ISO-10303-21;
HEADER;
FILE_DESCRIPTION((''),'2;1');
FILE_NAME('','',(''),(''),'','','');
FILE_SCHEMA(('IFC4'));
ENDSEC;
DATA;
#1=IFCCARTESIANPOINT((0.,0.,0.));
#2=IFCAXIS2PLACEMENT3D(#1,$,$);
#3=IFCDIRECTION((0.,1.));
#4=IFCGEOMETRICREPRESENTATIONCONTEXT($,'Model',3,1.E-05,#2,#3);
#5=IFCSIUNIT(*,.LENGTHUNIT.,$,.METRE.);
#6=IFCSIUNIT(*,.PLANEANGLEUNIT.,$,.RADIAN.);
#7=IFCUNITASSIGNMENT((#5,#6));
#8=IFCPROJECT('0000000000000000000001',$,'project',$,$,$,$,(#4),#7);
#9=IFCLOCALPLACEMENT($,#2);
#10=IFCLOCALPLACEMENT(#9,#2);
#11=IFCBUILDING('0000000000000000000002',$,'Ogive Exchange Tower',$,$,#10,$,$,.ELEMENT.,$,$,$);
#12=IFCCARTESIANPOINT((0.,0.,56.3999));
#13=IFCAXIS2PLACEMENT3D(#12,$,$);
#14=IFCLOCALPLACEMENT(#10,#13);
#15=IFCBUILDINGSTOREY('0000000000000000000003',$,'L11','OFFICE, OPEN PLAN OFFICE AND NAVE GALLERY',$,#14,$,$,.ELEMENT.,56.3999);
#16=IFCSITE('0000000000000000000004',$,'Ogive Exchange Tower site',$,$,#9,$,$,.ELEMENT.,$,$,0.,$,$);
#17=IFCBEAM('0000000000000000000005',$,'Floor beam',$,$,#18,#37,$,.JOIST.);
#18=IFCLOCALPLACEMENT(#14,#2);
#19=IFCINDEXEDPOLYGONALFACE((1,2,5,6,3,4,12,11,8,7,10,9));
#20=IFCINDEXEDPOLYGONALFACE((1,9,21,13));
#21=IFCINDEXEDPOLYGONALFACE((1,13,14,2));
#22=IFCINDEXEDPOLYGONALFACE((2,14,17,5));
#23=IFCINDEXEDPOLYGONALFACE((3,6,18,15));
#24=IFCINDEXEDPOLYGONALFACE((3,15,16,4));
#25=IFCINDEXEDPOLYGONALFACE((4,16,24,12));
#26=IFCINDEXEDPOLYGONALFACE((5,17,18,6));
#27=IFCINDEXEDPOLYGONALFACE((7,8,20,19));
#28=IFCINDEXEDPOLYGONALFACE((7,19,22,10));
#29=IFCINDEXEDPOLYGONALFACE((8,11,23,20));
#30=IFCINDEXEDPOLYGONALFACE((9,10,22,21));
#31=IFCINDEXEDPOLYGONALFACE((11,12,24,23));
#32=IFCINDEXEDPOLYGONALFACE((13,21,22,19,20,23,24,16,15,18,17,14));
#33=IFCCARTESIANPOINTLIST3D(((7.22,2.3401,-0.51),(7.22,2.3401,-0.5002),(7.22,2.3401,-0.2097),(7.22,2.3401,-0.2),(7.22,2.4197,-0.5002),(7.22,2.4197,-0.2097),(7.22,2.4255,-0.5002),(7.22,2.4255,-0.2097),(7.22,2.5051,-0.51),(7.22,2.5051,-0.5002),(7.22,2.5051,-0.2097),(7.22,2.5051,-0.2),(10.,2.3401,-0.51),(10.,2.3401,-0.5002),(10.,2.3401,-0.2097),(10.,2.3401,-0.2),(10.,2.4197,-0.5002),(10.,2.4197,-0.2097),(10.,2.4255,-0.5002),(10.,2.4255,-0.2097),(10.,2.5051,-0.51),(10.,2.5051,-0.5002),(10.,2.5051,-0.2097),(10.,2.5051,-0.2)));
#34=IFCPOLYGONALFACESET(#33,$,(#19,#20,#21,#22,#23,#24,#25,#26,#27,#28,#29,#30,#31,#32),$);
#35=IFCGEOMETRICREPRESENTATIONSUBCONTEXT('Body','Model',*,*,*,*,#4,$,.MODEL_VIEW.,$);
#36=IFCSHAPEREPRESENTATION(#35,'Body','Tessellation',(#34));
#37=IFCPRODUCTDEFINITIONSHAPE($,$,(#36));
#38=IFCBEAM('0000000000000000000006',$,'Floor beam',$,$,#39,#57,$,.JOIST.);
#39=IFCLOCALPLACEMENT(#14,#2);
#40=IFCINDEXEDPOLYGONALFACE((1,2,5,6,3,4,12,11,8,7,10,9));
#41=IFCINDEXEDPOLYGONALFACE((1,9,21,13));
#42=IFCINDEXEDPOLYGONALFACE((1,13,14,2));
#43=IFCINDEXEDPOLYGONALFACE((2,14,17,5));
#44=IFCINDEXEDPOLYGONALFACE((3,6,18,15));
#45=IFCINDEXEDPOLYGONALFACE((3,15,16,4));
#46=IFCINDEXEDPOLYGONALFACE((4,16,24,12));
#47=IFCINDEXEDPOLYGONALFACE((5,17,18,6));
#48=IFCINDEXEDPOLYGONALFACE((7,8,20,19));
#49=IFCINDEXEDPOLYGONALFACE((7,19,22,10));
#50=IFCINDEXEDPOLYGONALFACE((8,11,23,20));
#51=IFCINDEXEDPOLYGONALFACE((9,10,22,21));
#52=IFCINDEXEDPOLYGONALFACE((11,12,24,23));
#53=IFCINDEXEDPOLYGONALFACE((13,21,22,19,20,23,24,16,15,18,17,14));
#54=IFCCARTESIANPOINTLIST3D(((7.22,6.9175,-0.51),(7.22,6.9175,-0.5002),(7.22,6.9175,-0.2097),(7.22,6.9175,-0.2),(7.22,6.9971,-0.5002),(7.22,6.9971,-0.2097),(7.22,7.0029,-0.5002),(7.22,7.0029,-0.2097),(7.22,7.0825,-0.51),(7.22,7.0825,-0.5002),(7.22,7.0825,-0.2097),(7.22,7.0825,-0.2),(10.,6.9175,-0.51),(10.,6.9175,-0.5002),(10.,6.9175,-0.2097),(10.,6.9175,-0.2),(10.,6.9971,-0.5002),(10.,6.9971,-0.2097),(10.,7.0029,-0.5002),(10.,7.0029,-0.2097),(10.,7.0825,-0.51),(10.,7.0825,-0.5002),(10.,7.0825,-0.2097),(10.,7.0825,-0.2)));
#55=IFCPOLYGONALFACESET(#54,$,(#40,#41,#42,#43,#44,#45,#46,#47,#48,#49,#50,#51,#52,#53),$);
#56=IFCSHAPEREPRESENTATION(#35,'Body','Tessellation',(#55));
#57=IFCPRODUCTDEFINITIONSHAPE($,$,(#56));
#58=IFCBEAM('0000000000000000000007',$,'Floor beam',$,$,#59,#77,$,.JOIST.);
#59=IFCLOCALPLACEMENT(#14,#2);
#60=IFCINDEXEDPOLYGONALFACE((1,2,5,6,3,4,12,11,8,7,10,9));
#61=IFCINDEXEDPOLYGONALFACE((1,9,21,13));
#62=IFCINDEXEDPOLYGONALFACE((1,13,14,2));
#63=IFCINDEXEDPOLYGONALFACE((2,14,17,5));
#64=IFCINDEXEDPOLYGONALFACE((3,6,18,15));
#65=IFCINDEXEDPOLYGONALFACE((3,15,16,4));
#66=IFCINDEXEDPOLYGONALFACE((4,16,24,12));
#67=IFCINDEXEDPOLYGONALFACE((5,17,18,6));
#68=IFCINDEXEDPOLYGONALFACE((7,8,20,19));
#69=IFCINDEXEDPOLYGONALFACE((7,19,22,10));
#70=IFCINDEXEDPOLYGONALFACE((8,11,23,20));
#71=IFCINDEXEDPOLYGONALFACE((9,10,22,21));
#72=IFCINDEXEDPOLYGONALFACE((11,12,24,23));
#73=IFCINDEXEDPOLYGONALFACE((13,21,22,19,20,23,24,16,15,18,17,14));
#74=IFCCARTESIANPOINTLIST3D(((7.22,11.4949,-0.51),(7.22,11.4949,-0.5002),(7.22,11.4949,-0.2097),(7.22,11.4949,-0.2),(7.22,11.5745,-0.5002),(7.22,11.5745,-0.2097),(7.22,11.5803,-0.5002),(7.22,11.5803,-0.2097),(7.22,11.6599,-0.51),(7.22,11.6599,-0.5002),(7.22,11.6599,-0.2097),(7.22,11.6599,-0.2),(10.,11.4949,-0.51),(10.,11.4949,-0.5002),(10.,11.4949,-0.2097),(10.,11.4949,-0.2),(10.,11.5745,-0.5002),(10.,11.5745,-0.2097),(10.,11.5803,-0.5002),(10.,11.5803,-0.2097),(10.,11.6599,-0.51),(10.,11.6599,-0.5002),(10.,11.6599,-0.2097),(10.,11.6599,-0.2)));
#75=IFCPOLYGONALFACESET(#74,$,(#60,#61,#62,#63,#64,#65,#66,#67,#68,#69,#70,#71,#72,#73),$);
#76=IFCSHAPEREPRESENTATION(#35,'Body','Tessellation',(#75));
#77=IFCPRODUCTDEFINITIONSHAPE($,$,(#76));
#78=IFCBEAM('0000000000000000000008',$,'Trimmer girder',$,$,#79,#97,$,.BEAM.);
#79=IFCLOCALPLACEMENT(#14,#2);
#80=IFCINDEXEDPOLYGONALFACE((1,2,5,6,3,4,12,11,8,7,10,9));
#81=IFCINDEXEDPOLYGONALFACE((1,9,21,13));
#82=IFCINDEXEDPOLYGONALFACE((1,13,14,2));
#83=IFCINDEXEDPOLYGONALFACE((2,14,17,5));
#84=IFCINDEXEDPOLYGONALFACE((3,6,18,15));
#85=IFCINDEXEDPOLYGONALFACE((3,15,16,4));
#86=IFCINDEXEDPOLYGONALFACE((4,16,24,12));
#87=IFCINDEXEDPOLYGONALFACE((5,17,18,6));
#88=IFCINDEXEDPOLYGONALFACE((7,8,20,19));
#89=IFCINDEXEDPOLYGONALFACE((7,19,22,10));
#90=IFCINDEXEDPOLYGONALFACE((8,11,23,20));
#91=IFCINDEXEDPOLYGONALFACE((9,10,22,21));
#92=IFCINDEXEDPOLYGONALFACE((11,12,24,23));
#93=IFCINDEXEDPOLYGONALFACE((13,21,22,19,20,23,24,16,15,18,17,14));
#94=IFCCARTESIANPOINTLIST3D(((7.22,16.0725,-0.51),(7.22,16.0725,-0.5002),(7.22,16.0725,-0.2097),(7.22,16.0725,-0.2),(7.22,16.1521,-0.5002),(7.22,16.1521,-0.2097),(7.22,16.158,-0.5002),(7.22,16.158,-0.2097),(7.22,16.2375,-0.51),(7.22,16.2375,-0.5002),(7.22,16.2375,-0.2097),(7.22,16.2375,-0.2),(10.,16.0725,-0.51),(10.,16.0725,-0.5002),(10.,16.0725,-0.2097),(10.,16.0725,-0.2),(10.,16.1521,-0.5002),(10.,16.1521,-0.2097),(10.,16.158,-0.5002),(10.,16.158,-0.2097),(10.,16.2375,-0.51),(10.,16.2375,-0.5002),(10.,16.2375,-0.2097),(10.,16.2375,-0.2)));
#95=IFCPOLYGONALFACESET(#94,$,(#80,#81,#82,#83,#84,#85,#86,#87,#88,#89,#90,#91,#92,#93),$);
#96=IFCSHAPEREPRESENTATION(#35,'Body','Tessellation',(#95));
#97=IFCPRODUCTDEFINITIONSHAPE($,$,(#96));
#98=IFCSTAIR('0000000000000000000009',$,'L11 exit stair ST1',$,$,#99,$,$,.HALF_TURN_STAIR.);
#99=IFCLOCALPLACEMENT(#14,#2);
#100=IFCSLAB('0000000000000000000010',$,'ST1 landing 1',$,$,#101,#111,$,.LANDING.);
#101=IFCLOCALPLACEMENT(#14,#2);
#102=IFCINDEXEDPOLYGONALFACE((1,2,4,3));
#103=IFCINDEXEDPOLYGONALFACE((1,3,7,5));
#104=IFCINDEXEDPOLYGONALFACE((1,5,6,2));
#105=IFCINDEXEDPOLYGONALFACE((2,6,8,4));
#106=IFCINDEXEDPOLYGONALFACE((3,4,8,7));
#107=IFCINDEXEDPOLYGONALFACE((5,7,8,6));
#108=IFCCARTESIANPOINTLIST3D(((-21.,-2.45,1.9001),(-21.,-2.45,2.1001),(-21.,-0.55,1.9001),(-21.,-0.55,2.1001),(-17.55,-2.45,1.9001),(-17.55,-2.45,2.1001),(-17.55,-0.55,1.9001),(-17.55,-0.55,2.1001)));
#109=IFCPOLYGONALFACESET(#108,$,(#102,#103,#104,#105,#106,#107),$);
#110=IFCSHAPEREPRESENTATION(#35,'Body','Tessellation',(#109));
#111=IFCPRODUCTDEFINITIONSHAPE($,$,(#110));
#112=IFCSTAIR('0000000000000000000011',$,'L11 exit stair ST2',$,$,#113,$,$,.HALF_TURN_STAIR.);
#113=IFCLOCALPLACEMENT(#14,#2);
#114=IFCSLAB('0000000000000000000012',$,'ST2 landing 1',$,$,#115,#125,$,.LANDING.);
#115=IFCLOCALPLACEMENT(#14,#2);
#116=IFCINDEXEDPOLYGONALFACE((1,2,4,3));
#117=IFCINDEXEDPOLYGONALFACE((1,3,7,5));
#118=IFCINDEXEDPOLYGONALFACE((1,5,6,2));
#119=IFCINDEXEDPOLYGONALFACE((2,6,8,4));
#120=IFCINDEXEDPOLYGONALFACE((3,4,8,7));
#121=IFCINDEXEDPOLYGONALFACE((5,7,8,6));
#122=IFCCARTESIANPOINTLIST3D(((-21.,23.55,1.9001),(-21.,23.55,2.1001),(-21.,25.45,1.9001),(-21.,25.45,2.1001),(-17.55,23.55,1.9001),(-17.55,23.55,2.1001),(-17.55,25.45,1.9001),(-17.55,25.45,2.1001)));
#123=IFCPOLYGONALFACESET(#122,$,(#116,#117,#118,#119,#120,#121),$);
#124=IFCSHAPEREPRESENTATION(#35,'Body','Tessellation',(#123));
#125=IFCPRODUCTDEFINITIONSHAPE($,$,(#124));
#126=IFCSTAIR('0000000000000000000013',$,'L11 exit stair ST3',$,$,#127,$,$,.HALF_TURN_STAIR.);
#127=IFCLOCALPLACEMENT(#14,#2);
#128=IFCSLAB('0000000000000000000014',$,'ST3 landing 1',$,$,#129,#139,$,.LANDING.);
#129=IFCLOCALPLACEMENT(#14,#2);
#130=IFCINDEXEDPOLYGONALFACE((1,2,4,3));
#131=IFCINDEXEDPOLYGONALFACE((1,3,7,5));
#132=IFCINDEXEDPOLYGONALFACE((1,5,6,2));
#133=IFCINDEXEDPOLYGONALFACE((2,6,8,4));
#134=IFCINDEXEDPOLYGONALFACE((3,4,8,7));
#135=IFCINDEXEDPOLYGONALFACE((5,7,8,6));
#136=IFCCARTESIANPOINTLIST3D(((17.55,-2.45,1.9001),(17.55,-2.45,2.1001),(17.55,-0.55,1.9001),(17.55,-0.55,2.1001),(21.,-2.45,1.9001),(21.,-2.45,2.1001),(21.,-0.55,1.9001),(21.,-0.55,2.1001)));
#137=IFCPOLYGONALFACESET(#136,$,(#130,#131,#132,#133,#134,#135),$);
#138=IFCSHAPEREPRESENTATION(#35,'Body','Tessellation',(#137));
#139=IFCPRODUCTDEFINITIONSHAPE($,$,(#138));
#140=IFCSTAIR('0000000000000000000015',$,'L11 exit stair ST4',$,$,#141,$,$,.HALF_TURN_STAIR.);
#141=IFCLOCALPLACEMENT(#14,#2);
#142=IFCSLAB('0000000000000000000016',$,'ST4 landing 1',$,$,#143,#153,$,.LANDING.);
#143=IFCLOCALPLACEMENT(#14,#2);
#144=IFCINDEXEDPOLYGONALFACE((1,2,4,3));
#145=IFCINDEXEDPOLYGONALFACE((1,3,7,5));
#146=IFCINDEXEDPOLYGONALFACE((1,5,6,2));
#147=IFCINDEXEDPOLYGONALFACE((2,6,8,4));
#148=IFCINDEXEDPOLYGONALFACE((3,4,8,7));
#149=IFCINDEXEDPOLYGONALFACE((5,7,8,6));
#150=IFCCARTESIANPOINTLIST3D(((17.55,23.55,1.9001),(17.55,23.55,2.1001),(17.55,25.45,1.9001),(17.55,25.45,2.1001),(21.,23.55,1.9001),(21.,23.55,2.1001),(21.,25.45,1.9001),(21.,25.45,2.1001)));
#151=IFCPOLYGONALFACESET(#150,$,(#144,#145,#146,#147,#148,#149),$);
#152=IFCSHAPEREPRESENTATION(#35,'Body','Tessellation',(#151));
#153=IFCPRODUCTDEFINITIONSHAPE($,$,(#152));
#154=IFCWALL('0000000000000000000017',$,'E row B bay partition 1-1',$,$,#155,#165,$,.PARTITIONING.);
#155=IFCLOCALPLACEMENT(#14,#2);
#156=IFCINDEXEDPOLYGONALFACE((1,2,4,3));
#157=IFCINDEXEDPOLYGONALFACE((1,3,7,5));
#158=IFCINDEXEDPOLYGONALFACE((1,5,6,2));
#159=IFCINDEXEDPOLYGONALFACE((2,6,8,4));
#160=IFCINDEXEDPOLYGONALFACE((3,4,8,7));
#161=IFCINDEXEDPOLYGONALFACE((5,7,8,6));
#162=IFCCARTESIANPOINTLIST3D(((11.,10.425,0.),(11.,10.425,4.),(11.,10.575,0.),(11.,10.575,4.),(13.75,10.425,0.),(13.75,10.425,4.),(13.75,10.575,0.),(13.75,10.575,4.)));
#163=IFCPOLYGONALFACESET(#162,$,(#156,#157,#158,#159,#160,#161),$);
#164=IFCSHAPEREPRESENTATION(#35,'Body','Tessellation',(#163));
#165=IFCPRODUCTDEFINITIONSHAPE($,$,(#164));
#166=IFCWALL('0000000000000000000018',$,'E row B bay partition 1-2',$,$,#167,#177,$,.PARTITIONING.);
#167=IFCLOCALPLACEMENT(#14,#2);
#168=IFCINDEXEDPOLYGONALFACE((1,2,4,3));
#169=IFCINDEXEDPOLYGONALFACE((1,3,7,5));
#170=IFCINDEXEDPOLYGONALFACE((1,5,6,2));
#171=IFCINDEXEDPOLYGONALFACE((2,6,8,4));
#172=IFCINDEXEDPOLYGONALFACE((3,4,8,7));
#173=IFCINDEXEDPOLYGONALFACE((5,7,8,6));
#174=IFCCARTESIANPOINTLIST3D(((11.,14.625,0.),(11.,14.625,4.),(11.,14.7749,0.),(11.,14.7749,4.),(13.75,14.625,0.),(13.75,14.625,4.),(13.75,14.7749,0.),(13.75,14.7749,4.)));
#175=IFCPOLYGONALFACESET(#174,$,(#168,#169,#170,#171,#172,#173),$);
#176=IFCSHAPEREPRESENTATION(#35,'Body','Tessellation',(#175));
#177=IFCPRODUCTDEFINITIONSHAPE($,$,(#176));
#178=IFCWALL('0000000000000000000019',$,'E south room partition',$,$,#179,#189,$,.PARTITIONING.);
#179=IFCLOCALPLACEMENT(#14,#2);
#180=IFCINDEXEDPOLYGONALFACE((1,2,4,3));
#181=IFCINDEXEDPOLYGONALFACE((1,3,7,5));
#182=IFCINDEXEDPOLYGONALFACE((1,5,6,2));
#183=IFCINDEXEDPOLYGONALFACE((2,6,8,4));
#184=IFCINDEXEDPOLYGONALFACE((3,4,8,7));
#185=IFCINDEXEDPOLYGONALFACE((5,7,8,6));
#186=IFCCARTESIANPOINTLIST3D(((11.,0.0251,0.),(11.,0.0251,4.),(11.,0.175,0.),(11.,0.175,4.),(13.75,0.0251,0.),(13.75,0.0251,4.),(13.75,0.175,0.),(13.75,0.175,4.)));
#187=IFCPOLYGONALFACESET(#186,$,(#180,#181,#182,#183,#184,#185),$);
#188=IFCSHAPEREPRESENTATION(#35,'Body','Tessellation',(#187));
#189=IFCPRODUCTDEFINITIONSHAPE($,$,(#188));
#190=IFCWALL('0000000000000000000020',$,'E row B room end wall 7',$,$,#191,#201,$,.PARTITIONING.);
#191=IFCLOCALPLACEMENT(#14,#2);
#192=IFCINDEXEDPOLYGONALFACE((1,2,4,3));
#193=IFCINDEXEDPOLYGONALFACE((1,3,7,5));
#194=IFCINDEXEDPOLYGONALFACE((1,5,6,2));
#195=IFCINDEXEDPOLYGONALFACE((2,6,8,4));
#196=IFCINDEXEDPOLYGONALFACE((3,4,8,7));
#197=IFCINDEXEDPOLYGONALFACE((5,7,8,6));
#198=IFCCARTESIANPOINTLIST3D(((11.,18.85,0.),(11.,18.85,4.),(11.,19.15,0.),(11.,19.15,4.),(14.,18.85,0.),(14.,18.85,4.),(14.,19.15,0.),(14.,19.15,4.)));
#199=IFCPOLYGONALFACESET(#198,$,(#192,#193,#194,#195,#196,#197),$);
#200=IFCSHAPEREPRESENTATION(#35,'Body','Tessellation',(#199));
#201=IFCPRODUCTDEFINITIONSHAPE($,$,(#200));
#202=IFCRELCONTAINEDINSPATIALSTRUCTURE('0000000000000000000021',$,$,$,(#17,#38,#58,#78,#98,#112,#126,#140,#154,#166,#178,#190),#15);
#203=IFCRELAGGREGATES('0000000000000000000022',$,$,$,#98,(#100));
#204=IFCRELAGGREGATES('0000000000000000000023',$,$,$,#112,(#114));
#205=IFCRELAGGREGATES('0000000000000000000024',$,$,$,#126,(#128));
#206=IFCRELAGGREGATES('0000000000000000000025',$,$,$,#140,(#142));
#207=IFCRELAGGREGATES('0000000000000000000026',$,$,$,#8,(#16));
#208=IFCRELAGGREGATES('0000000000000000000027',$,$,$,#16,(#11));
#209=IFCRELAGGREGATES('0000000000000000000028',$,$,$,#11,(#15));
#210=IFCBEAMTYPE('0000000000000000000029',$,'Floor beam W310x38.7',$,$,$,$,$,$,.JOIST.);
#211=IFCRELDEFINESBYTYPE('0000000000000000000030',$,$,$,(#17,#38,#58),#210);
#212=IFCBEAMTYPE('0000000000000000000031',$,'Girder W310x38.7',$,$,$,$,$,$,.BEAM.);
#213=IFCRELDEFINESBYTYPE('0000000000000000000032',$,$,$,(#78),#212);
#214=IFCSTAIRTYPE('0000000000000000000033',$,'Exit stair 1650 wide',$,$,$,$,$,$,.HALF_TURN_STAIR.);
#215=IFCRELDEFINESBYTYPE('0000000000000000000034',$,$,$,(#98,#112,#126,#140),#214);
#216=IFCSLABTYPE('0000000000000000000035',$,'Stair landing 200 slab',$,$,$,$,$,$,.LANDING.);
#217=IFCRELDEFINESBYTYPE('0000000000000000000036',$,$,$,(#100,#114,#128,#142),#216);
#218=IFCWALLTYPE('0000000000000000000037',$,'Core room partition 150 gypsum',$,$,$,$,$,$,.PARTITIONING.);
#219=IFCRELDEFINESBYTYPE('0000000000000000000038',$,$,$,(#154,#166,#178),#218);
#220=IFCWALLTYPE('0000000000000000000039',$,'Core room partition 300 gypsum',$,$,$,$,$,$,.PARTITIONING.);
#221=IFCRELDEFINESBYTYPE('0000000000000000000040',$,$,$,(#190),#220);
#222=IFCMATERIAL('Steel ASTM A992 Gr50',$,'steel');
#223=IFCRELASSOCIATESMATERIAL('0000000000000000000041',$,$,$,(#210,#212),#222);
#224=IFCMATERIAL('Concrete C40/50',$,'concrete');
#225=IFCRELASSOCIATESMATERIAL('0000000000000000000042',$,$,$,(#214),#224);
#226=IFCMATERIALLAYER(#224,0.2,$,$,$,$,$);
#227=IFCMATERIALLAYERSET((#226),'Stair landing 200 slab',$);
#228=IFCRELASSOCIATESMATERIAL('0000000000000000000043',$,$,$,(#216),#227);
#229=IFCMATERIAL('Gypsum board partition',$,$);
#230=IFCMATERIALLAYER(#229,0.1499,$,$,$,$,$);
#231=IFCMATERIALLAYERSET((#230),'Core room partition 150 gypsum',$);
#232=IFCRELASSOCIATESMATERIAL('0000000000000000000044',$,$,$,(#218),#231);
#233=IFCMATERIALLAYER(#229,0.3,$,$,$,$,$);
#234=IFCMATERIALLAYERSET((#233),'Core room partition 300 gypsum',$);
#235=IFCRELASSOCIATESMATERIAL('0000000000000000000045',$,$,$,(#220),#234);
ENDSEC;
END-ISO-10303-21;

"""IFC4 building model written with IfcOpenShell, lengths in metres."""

from ifc_helpers import new_model, si_unit, direction, frame, frame_2d, origin, origin_2d, place, context, subcontext, project, spatial, polyline, rectangle, i_section, outline, extrude, material, layer, layer_set, material_profile, profile_set, type_object, element, aggregate, save


model = new_model("IFC4")

# Units and contexts
model_context = context("Model", 3, precision=1e-05, world=origin(), true_north=direction((0.0, 1.0)))
body_context = subcontext(model_context, "Body", "Model", "MODEL_VIEW")
ifc_project = project(units=[si_unit("LENGTHUNIT", "METRE"), si_unit("PLANEANGLEUNIT", "RADIAN")], contexts=[model_context])

# Site, building, storey
site_placement = place(None, origin())
site = spatial("IfcSite", under=ifc_project, at=site_placement, Name="Ogive Exchange Tower site", CompositionType="ELEMENT", RefElevation=0.0)
building_placement = place(site_placement, origin())
building = spatial("IfcBuilding", under=site, at=building_placement, Name="Ogive Exchange Tower", CompositionType="ELEMENT")
storey_placement = place(building_placement, frame((0.0, 0.0, 56.3999)))
storey = spatial("IfcBuildingStorey", under=building, at=storey_placement, Name="L11", Description="OFFICE, OPEN PLAN OFFICE AND NAVE GALLERY", CompositionType="ELEMENT", Elevation=56.3999)

# Beams
ifc_material_1 = material(Name="Steel ASTM A992 Gr50", Category="steel")
ifc_material_profile_1 = material_profile(ifc_material_1, i_section(OverallWidth=0.165, OverallDepth=0.3101, WebThickness=0.0059, FlangeThickness=0.0098, at=origin_2d()), Name="W310x38.7")
ifc_profile_set_1 = profile_set([ifc_material_profile_1], Name="Steel ASTM A992 Gr50")
beam_type_1 = type_object("IfcBeamType", Name="Floor beam W310x38.7", PredefinedType="JOIST", material=ifc_profile_set_1)
for number, where, z_axis, x_axis, name in (
    (1, (7.22, 2.4226, -0.355), (1.0, 0.0, 0.0), (0.0, 1.0, 0.0), "Floor beam"),
    (2, (7.22, 7.0, -0.355), (1.0, 0.0, 0.0), (0.0, 1.0, 0.0), "Floor beam"),
    (3, (7.22, 11.5774, -0.355), (1.0, 0.0, 0.0), (0.0, 1.0, 0.0), "Floor beam"),
):
    element("IfcBeam", number, at=place(storey_placement, frame(where, z_axis=z_axis, x_axis=x_axis)), inside=storey, type_object=beam_type_1, Name=name, PredefinedType="JOIST", context=body_context, shape_type="SweptSolid", body=[
        extrude(i_section(OverallWidth=0.165, OverallDepth=0.3101, WebThickness=0.0059, FlangeThickness=0.0098, at=origin_2d()), origin(), (0.0, 0.0, 1.0), 2.78),
    ])
ifc_material_profile_2 = material_profile(ifc_material_1, i_section(OverallWidth=0.165, OverallDepth=0.3101, WebThickness=0.0059, FlangeThickness=0.0098, at=origin_2d()), Name="W310x38.7")
ifc_profile_set_2 = profile_set([ifc_material_profile_2], Name="Steel ASTM A992 Gr50")
beam_type_2 = type_object("IfcBeamType", Name="Girder W310x38.7", PredefinedType="BEAM", material=ifc_profile_set_2)
beam_placement = place(storey_placement, frame((7.22, 16.155, -0.355), z_axis=(1.0, 0.0, 0.0), x_axis=(0.0, 1.0, 0.0)))
element("IfcBeam", 4, at=beam_placement, inside=storey, type_object=beam_type_2, Name="Trimmer girder", PredefinedType="BEAM", context=body_context, shape_type="SweptSolid", body=[
    extrude(i_section(OverallWidth=0.165, OverallDepth=0.3101, WebThickness=0.0059, FlangeThickness=0.0098, at=origin_2d()), origin(), (0.0, 0.0, 1.0), 2.78),
])

# Stairs, slabs
ifc_material_2 = material(Name="Concrete C40/50", Category="concrete")
stair_type = type_object("IfcStairType", Name="Exit stair 1650 wide", PredefinedType="HALF_TURN_STAIR", material=ifc_material_2)
stair_1_placement = place(storey_placement, origin())
stair_1 = element("IfcStair", 5, at=stair_1_placement, inside=storey, type_object=stair_type, Name="L11 exit stair ST1", PredefinedType="HALF_TURN_STAIR")
ifc_layer_1 = layer(ifc_material_2, 0.2)
ifc_layer_set_1 = layer_set([ifc_layer_1], Name="Stair landing 200 slab")
slab_type = type_object("IfcSlabType", Name="Stair landing 200 slab", PredefinedType="LANDING", material=ifc_layer_set_1)
slab_1_placement = place(storey_placement, frame((0.0, 0.0, 1.9001)))
slab_1 = element("IfcSlab", 6, at=slab_1_placement, type_object=slab_type, Name="ST1 landing 1", PredefinedType="LANDING", context=body_context, shape_type="SweptSolid", body=[
    extrude(outline(polyline([(-21.0, -0.55), (-21.0, -2.45), (-17.55, -2.45), (-17.55, -0.55), (-21.0, -0.55)])), origin(), (0.0, 0.0, 1.0), 0.2),
])
aggregate(stair_1, [slab_1])
stair_2_placement = place(storey_placement, origin())
stair_2 = element("IfcStair", 7, at=stair_2_placement, inside=storey, type_object=stair_type, Name="L11 exit stair ST2", PredefinedType="HALF_TURN_STAIR")
slab_2_placement = place(storey_placement, frame((0.0, 0.0, 1.9001)))
slab_2 = element("IfcSlab", 8, at=slab_2_placement, type_object=slab_type, Name="ST2 landing 1", PredefinedType="LANDING", context=body_context, shape_type="SweptSolid", body=[
    extrude(outline(polyline([(-17.55, 23.55), (-17.55, 25.45), (-21.0, 25.45), (-21.0, 23.55), (-17.55, 23.55)])), origin(), (0.0, 0.0, 1.0), 0.2),
])
aggregate(stair_2, [slab_2])
stair_3_placement = place(storey_placement, origin())
stair_3 = element("IfcStair", 9, at=stair_3_placement, inside=storey, type_object=stair_type, Name="L11 exit stair ST3", PredefinedType="HALF_TURN_STAIR")
slab_3_placement = place(storey_placement, frame((0.0, 0.0, 1.9001)))
slab_3 = element("IfcSlab", 10, at=slab_3_placement, type_object=slab_type, Name="ST3 landing 1", PredefinedType="LANDING", context=body_context, shape_type="SweptSolid", body=[
    extrude(outline(polyline([(17.55, -0.55), (17.55, -2.45), (21.0, -2.45), (21.0, -0.55), (17.55, -0.55)])), origin(), (0.0, 0.0, 1.0), 0.2),
])
aggregate(stair_3, [slab_3])
stair_4_placement = place(storey_placement, origin())
stair_4 = element("IfcStair", 11, at=stair_4_placement, inside=storey, type_object=stair_type, Name="L11 exit stair ST4", PredefinedType="HALF_TURN_STAIR")
slab_4_placement = place(storey_placement, frame((0.0, 0.0, 1.9001)))
slab_4 = element("IfcSlab", 12, at=slab_4_placement, type_object=slab_type, Name="ST4 landing 1", PredefinedType="LANDING", context=body_context, shape_type="SweptSolid", body=[
    extrude(outline(polyline([(21.0, 23.55), (21.0, 25.45), (17.55, 25.45), (17.55, 23.55), (21.0, 23.55)])), origin(), (0.0, 0.0, 1.0), 0.2),
])
aggregate(stair_4, [slab_4])

# Walls
ifc_material_3 = material(Name="Gypsum board partition")
ifc_layer_2 = layer(ifc_material_3, 0.1499)
ifc_layer_set_2 = layer_set([ifc_layer_2], Name="Core room partition 150 gypsum")
wall_type_1 = type_object("IfcWallType", Name="Core room partition 150 gypsum", PredefinedType="PARTITIONING", material=ifc_layer_set_2)
for number, where, z_axis, x_axis, name in (
    (13, (11.0, 10.5, 0.0), (0.0, 0.0, 1.0), (1.0, 0.0, 0.0), "E row B bay partition 1-1"),
    (14, (11.0, 14.7, 0.0), (0.0, 0.0, 1.0), (1.0, 0.0, 0.0), "E row B bay partition 1-2"),
    (15, (11.0, 0.1001, 0.0), (0.0, 0.0, 1.0), (1.0, 0.0, 0.0), "E south room partition"),
):
    element("IfcWall", number, at=place(storey_placement, frame(where, z_axis=z_axis, x_axis=x_axis)), inside=storey, type_object=wall_type_1, Name=name, PredefinedType="PARTITIONING", context=body_context, shape_type="SweptSolid", body=[
        extrude(rectangle(XDim=2.75, YDim=0.1499, at=frame_2d((1.375, 0.0))), origin(), (0.0, 0.0, 1.0), 4.0),
    ])
ifc_layer_3 = layer(ifc_material_3, 0.3)
ifc_layer_set_3 = layer_set([ifc_layer_3], Name="Core room partition 300 gypsum")
wall_type_2 = type_object("IfcWallType", Name="Core room partition 300 gypsum", PredefinedType="PARTITIONING", material=ifc_layer_set_3)
wall_1_placement = place(storey_placement, frame((11.0, 19.0, 0.0), z_axis=(0.0, 0.0, 1.0), x_axis=(1.0, 0.0, 0.0)))
element("IfcWall", 16, at=wall_1_placement, inside=storey, type_object=wall_type_2, Name="E row B room end wall 7", PredefinedType="PARTITIONING", context=body_context, shape_type="SweptSolid", body=[
    extrude(rectangle(XDim=3.0, YDim=0.3, at=frame_2d((1.5, 0.0))), origin(), (0.0, 0.0, 1.0), 4.0),
])

save(model, "model.ifc")
